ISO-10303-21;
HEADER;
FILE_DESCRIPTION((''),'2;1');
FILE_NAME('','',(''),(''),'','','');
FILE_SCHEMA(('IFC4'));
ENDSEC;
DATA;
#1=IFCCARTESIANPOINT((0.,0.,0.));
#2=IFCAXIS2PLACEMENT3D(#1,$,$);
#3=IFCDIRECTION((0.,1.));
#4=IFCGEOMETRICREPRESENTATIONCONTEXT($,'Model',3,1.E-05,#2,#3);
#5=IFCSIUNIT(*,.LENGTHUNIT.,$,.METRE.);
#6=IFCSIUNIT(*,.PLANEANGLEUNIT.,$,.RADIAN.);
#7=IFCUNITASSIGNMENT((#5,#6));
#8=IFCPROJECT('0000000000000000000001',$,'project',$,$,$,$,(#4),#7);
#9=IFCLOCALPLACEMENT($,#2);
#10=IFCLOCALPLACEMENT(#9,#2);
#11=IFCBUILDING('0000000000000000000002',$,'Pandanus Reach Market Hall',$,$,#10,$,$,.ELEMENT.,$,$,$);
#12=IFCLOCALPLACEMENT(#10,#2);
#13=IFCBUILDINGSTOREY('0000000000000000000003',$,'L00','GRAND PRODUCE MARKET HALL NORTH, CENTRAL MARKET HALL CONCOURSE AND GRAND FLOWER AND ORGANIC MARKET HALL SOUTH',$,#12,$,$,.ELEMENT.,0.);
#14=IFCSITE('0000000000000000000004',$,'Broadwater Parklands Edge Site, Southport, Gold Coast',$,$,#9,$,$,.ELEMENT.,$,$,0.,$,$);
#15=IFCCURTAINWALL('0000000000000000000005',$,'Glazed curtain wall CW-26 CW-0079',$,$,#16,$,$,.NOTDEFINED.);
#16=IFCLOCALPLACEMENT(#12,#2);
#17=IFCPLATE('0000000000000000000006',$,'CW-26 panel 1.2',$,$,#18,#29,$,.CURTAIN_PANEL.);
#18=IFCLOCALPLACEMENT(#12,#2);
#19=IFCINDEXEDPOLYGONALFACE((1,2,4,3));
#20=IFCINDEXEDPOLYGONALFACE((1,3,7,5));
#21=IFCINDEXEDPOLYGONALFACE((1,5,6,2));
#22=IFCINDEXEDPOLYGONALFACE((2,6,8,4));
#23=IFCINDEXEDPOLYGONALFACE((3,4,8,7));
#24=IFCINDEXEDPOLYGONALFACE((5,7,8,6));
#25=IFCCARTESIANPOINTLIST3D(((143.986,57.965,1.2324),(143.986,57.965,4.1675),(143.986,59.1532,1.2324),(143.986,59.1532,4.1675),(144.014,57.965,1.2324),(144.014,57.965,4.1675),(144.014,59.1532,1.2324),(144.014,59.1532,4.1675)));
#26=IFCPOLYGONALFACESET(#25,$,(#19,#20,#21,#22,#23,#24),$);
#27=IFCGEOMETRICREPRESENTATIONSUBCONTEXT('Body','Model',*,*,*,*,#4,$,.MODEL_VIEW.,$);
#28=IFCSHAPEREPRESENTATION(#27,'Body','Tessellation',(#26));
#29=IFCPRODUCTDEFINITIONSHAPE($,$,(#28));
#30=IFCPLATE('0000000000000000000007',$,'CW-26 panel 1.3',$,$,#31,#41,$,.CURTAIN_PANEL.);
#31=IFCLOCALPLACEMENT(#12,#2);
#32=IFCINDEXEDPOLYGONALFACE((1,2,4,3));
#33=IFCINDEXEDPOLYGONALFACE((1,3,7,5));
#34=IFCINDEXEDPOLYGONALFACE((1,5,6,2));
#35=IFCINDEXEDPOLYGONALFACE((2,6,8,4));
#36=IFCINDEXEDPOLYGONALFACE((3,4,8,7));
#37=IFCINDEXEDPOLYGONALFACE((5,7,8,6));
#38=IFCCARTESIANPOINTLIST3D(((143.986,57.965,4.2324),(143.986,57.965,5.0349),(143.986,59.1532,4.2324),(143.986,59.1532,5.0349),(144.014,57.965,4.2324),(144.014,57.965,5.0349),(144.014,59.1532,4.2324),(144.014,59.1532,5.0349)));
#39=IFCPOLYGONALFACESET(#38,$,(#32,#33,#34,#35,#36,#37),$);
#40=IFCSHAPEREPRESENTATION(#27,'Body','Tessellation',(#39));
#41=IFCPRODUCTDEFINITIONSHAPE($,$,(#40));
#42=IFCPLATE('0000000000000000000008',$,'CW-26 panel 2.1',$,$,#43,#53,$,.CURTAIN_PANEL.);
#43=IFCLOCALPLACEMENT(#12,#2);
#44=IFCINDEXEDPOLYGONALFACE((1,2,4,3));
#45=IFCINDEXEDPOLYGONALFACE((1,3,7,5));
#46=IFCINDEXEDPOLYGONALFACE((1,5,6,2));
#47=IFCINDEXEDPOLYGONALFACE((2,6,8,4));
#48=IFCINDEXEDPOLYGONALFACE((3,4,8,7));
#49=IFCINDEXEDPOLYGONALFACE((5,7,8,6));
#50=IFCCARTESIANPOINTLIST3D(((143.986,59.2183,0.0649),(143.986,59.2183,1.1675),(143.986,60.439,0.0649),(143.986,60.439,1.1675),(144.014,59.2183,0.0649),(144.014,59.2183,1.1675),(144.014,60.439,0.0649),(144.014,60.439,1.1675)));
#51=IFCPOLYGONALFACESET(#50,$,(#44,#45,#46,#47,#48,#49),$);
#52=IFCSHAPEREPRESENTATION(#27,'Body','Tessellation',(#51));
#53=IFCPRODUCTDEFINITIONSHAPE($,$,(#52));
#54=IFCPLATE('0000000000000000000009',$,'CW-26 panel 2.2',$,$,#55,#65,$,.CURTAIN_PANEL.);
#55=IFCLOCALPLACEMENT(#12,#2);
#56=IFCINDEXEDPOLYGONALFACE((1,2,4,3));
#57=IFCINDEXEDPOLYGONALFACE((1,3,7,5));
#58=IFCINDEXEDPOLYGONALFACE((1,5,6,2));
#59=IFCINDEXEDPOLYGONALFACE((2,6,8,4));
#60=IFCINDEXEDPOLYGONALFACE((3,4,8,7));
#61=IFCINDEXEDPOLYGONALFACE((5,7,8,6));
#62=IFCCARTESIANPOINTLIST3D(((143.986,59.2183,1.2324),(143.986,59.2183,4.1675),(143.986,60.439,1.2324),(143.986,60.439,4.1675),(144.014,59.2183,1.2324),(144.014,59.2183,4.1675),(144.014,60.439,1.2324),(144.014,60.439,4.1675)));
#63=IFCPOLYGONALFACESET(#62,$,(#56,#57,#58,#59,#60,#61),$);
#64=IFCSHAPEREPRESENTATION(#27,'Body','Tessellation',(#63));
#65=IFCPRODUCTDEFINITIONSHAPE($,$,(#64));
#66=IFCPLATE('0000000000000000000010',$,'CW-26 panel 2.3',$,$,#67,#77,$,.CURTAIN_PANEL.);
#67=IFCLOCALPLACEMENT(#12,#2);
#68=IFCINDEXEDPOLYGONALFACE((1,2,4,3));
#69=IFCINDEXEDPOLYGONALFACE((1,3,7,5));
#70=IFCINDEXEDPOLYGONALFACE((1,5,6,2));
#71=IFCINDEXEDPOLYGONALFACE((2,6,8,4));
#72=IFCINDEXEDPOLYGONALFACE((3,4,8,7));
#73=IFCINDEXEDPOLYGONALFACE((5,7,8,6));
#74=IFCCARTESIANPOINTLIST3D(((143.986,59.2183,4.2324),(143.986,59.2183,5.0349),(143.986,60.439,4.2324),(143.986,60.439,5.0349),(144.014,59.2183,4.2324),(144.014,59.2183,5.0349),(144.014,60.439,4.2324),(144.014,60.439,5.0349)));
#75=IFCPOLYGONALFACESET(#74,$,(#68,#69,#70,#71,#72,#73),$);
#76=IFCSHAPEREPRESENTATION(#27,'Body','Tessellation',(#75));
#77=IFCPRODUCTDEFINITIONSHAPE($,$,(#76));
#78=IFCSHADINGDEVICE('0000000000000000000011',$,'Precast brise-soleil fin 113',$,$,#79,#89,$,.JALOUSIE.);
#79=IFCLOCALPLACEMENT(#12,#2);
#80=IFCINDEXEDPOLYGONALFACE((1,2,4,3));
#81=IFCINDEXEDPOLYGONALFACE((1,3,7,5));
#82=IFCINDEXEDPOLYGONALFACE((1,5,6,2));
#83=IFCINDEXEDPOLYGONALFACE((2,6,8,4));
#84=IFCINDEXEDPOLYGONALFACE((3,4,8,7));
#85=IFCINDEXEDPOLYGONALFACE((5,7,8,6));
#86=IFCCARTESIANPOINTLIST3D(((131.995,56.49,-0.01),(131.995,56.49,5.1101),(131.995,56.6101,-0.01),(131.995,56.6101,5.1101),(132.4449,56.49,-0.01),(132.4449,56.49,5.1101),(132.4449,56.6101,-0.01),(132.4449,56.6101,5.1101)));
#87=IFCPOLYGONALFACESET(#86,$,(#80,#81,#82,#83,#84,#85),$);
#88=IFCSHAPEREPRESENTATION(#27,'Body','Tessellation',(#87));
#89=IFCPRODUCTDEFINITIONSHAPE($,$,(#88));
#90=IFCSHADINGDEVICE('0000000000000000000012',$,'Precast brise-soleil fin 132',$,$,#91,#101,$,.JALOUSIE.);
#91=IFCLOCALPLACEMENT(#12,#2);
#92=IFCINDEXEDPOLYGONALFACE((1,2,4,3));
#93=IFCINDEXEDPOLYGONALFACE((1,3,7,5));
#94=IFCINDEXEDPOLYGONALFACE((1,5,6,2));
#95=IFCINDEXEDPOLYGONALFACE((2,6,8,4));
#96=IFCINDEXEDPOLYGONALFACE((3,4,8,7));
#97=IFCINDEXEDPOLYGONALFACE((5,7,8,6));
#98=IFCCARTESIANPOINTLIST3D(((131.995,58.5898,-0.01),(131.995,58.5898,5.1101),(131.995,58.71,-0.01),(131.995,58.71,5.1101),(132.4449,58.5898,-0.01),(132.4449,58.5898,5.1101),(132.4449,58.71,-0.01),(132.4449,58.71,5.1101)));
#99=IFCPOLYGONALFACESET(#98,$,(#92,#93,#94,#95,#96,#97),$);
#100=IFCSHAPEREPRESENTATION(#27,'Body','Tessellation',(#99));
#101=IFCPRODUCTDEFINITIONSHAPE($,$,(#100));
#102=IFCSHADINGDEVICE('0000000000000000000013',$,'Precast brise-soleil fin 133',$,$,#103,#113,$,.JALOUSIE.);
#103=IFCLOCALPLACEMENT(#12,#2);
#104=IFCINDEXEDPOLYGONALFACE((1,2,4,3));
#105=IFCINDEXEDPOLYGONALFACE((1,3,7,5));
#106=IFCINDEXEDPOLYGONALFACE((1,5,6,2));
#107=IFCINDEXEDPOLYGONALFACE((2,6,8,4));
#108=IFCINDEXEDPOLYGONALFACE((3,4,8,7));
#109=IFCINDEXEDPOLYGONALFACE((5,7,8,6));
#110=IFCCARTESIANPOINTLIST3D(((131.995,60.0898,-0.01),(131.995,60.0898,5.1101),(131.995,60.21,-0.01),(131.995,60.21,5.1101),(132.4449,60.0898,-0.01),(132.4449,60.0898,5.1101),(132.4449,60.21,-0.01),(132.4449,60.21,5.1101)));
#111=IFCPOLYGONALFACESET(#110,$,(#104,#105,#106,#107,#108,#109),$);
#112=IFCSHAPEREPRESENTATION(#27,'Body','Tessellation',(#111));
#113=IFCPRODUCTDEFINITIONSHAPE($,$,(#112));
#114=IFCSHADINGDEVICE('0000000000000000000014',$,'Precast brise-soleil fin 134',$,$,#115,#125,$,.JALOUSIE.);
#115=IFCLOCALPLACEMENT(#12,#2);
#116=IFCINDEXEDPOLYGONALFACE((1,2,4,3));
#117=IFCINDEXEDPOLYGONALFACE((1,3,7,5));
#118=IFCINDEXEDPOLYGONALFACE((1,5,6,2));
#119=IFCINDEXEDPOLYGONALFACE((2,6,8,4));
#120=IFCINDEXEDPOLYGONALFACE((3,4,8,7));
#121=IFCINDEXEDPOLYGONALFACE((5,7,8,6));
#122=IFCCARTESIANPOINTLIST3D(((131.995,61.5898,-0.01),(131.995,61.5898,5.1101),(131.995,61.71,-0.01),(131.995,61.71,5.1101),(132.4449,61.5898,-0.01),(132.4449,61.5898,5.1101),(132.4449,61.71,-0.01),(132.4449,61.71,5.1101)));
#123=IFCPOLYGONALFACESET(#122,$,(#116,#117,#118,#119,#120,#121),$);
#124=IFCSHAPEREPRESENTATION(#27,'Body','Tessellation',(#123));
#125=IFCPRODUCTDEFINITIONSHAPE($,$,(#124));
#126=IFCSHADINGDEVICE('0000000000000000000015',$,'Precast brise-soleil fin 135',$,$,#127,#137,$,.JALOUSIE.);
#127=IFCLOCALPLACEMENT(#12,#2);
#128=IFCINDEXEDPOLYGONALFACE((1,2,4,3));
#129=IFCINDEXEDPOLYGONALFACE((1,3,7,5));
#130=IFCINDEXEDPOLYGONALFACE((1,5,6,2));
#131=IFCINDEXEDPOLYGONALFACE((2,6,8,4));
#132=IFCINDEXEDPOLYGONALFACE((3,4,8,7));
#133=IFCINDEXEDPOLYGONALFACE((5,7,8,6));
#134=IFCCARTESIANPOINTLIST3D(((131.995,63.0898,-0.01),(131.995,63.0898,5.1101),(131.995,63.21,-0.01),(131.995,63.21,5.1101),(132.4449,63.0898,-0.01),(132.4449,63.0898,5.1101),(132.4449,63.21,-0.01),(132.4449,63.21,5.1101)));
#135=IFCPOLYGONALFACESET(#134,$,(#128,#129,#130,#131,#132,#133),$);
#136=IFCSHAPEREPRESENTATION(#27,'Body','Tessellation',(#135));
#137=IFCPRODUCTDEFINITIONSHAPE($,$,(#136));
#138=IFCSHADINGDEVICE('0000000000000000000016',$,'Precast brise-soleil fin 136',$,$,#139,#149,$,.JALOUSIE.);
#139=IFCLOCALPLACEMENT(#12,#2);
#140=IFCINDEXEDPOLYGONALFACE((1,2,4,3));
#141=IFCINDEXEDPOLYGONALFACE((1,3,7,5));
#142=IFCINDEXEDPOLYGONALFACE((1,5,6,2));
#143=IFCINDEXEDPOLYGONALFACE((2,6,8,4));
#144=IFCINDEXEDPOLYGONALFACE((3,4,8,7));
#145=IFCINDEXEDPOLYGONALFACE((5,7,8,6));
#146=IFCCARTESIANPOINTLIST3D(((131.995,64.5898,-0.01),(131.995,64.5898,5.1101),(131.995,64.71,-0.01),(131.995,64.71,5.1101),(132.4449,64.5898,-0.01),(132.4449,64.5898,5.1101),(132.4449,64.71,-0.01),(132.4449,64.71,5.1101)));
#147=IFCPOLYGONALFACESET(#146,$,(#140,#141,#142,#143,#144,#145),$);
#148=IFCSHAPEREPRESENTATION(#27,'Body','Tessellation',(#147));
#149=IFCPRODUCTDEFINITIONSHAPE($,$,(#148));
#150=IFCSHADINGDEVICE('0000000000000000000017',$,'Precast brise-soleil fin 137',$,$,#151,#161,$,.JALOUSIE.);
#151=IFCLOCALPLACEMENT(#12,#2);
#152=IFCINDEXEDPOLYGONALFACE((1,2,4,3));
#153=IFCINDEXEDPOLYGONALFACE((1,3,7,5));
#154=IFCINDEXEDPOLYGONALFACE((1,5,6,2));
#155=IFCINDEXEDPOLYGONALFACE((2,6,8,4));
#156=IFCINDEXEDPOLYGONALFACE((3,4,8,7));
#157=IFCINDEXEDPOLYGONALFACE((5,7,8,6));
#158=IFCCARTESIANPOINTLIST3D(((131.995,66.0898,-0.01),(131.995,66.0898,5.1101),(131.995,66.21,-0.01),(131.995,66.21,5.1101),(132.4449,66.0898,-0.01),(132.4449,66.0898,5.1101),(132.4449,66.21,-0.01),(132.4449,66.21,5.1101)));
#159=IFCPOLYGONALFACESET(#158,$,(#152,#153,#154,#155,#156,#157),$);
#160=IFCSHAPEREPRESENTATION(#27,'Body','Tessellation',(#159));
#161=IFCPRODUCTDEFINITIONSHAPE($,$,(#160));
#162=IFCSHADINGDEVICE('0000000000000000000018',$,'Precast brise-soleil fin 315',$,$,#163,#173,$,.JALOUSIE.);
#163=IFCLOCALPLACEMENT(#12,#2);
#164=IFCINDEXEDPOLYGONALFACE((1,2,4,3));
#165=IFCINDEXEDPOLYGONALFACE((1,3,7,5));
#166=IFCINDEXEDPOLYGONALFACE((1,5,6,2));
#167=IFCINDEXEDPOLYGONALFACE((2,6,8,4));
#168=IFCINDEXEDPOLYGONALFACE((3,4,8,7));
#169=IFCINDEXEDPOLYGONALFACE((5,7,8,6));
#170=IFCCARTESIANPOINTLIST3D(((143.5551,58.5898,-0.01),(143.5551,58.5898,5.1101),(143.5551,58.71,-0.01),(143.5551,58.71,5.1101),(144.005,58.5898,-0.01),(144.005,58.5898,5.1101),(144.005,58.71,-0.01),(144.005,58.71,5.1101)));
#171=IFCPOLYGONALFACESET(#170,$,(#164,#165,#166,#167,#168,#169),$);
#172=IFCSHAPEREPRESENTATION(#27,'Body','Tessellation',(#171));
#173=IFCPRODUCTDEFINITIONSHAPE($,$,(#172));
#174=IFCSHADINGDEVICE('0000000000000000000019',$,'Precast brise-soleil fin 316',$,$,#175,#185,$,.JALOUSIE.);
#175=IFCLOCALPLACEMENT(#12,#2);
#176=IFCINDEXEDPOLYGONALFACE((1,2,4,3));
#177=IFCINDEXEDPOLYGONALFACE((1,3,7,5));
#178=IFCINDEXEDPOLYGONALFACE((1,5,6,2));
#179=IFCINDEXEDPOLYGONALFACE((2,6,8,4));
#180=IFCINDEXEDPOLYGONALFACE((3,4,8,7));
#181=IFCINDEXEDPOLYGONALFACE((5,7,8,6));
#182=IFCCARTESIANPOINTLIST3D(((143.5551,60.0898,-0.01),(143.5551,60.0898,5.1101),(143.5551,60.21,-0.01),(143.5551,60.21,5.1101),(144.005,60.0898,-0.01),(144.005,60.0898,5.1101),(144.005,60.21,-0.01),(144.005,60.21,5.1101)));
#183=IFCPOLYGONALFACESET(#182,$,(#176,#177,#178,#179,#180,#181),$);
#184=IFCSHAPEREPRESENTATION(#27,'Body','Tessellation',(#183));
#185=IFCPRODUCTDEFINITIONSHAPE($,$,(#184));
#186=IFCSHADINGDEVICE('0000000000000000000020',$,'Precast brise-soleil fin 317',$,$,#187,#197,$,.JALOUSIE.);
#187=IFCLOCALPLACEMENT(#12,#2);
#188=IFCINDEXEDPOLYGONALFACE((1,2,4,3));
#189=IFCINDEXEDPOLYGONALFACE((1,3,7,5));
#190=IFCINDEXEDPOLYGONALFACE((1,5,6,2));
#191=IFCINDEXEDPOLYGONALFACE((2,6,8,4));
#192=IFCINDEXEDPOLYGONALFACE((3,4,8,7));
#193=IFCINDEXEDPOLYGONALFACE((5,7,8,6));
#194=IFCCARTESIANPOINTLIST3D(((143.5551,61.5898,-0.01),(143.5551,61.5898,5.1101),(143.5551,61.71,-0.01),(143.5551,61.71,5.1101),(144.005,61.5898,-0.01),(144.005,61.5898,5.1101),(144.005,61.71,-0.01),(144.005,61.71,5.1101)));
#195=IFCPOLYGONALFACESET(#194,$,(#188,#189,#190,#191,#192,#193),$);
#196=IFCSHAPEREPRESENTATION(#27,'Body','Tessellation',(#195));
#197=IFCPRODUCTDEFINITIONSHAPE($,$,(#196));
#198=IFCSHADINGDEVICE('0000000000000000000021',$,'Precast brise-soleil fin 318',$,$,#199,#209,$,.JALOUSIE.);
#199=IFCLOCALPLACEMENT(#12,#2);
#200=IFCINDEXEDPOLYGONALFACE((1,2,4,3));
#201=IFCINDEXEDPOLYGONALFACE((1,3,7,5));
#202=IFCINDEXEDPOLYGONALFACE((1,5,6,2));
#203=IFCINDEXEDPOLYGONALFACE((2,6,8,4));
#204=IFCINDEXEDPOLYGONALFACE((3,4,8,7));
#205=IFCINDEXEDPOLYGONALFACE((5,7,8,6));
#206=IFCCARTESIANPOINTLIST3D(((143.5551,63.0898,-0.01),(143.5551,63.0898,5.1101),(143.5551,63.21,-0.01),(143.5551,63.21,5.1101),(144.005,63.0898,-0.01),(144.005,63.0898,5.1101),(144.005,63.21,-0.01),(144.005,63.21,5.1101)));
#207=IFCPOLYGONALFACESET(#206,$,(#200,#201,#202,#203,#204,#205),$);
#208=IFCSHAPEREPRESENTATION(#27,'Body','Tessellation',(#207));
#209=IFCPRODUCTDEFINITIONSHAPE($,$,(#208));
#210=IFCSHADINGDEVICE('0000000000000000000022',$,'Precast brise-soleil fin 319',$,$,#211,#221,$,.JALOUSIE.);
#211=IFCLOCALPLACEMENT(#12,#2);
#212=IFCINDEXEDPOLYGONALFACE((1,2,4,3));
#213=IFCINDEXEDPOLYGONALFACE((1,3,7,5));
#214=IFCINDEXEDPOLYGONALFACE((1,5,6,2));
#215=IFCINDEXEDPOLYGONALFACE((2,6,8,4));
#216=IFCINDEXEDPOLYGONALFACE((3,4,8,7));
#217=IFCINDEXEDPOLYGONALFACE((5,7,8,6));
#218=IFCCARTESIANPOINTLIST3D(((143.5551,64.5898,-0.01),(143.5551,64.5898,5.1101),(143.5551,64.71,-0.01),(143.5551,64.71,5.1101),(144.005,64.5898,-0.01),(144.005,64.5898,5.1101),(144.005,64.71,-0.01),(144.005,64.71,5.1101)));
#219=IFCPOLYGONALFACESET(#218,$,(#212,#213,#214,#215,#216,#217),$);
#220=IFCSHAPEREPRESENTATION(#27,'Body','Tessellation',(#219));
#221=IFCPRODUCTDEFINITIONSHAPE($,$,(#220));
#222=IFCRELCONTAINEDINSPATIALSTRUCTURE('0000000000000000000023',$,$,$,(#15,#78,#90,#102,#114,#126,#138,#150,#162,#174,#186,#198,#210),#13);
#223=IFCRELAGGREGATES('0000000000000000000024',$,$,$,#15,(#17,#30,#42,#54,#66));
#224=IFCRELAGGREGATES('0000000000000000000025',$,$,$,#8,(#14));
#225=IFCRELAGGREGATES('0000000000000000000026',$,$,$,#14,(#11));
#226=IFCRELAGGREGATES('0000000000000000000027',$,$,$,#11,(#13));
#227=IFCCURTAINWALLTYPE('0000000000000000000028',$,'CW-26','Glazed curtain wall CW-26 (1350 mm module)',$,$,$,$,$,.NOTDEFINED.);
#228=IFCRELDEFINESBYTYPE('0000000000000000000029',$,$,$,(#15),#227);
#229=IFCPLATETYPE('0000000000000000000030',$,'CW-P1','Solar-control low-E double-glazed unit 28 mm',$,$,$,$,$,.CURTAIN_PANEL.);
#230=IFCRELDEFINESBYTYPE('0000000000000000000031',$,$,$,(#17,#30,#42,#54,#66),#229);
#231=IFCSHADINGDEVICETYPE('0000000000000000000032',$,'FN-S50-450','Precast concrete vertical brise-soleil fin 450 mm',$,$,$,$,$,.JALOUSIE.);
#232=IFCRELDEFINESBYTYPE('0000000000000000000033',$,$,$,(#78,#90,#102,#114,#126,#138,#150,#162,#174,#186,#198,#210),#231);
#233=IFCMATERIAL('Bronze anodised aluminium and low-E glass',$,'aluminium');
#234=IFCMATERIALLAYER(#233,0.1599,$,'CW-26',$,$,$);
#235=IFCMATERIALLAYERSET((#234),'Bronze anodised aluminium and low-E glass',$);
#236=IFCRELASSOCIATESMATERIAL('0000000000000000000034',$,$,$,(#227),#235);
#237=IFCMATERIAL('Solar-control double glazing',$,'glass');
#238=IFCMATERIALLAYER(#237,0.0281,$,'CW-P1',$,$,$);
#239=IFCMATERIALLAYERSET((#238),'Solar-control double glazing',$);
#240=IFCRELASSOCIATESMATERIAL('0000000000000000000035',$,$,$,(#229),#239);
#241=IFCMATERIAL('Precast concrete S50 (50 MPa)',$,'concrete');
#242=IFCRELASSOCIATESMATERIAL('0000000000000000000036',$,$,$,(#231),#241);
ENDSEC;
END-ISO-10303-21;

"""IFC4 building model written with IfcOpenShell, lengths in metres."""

from ifc_helpers import new_model, si_unit, direction, frame, origin, origin_2d, place, context, subcontext, project, spatial, rectangle, extrude, material, layer, layer_set, type_object, element, aggregate, save


model = new_model("IFC4")

# Units and contexts
model_context = context("Model", 3, precision=1e-05, world=origin(), true_north=direction((0.0, 1.0)))
body_context = subcontext(model_context, "Body", "Model", "MODEL_VIEW")
ifc_project = project(units=[si_unit("LENGTHUNIT", "METRE"), si_unit("PLANEANGLEUNIT", "RADIAN")], contexts=[model_context])

# Site, building, storey
site_placement = place(None, origin())
site = spatial("IfcSite", under=ifc_project, at=site_placement, Name="Broadwater Parklands Edge Site, Southport, Gold Coast", CompositionType="ELEMENT", RefElevation=0.0)
building_placement = place(site_placement, origin())
building = spatial("IfcBuilding", under=site, at=building_placement, Name="Pandanus Reach Market Hall", CompositionType="ELEMENT")
storey_placement = place(building_placement, origin())
storey = spatial("IfcBuildingStorey", under=building, at=storey_placement, Name="L00", Description="GRAND PRODUCE MARKET HALL NORTH, CENTRAL MARKET HALL CONCOURSE AND GRAND FLOWER AND ORGANIC MARKET HALL SOUTH", CompositionType="ELEMENT", Elevation=0.0)

# Curtain wall, plates
ifc_material_1 = material(Name="Bronze anodised aluminium and low-E glass", Category="aluminium")
ifc_layer_1 = layer(ifc_material_1, 0.1599, Name="CW-26")
ifc_layer_set_1 = layer_set([ifc_layer_1], Name="Bronze anodised aluminium and low-E glass")
curtain_wall_type = type_object("IfcCurtainWallType", Name="CW-26", Description="Glazed curtain wall CW-26 (1350 mm module)", PredefinedType="NOTDEFINED", material=ifc_layer_set_1)
curtain_wall_placement = place(storey_placement, origin())
curtain_wall = element("IfcCurtainWall", 1, at=curtain_wall_placement, inside=storey, type_object=curtain_wall_type, Name="Glazed curtain wall CW-26 CW-0079", PredefinedType="NOTDEFINED")
ifc_material_2 = material(Name="Solar-control double glazing", Category="glass")
ifc_layer_2 = layer(ifc_material_2, 0.0281, Name="CW-P1")
ifc_layer_set_2 = layer_set([ifc_layer_2], Name="Solar-control double glazing")
plate_type = type_object("IfcPlateType", Name="CW-P1", Description="Solar-control low-E double-glazed unit 28 mm", PredefinedType="CURTAIN_PANEL", material=ifc_layer_set_2)
plate_1_placement = place(storey_placement, frame((144.0, 58.5591, 1.2324), z_axis=(0.0, 0.0, 1.0), x_axis=(0.0, 1.0, 0.0)))
plate_1 = element("IfcPlate", 2, at=plate_1_placement, type_object=plate_type, Name="CW-26 panel 1.2", PredefinedType="CURTAIN_PANEL", context=body_context, shape_type="SweptSolid", body=[
    extrude(rectangle(XDim=1.1882, YDim=0.0281, at=origin_2d()), origin(), (0.0, 0.0, 1.0), 2.9351),
])
plate_2_placement = place(storey_placement, frame((144.0, 58.5591, 4.2324), z_axis=(0.0, 0.0, 1.0), x_axis=(0.0, 1.0, 0.0)))
plate_2 = element("IfcPlate", 3, at=plate_2_placement, type_object=plate_type, Name="CW-26 panel 1.3", PredefinedType="CURTAIN_PANEL", context=body_context, shape_type="SweptSolid", body=[
    extrude(rectangle(XDim=1.1882, YDim=0.0281, at=origin_2d()), origin(), (0.0, 0.0, 1.0), 0.8025),
])
plate_3_placement = place(storey_placement, frame((144.0, 59.8286, 0.0649), z_axis=(0.0, 0.0, 1.0), x_axis=(0.0, 1.0, 0.0)))
plate_3 = element("IfcPlate", 4, at=plate_3_placement, type_object=plate_type, Name="CW-26 panel 2.1", PredefinedType="CURTAIN_PANEL", context=body_context, shape_type="SweptSolid", body=[
    extrude(rectangle(XDim=1.2207, YDim=0.0281, at=origin_2d()), origin(), (0.0, 0.0, 1.0), 1.1025),
])
plate_4_placement = place(storey_placement, frame((144.0, 59.8286, 1.2324), z_axis=(0.0, 0.0, 1.0), x_axis=(0.0, 1.0, 0.0)))
plate_4 = element("IfcPlate", 5, at=plate_4_placement, type_object=plate_type, Name="CW-26 panel 2.2", PredefinedType="CURTAIN_PANEL", context=body_context, shape_type="SweptSolid", body=[
    extrude(rectangle(XDim=1.2207, YDim=0.0281, at=origin_2d()), origin(), (0.0, 0.0, 1.0), 2.9351),
])
plate_5_placement = place(storey_placement, frame((144.0, 59.8286, 4.2324), z_axis=(0.0, 0.0, 1.0), x_axis=(0.0, 1.0, 0.0)))
plate_5 = element("IfcPlate", 6, at=plate_5_placement, type_object=plate_type, Name="CW-26 panel 2.3", PredefinedType="CURTAIN_PANEL", context=body_context, shape_type="SweptSolid", body=[
    extrude(rectangle(XDim=1.2207, YDim=0.0281, at=origin_2d()), origin(), (0.0, 0.0, 1.0), 0.8025),
])
aggregate(curtain_wall, [plate_1, plate_2, plate_3, plate_4, plate_5])

# Shading devices
ifc_material_3 = material(Name="Precast concrete S50 (50 MPa)", Category="concrete")
shading_device_type = type_object("IfcShadingDeviceType", Name="FN-S50-450", Description="Precast concrete vertical brise-soleil fin 450 mm", PredefinedType="JALOUSIE", material=ifc_material_3)
for number, where, z_axis, x_axis, name in (
    (7, (132.22, 56.55, -0.01), (0.0, 0.0, 1.0), (1.0, 0.0, 0.0), "Precast brise-soleil fin 113"),
    (8, (132.22, 58.6499, -0.01), (0.0, 0.0, 1.0), (1.0, 0.0, 0.0), "Precast brise-soleil fin 132"),
    (9, (132.22, 60.1499, -0.01), (0.0, 0.0, 1.0), (1.0, 0.0, 0.0), "Precast brise-soleil fin 133"),
    (10, (132.22, 61.6499, -0.01), (0.0, 0.0, 1.0), (1.0, 0.0, 0.0), "Precast brise-soleil fin 134"),
    (11, (132.22, 63.1499, -0.01), (0.0, 0.0, 1.0), (1.0, 0.0, 0.0), "Precast brise-soleil fin 135"),
    (12, (132.22, 64.6499, -0.01), (0.0, 0.0, 1.0), (1.0, 0.0, 0.0), "Precast brise-soleil fin 136"),
    (13, (132.22, 66.1499, -0.01), (0.0, 0.0, 1.0), (1.0, 0.0, 0.0), "Precast brise-soleil fin 137"),
    (14, (143.78, 58.6499, -0.01), (0.0, 0.0, 1.0), (-1.0, 0.0, 0.0), "Precast brise-soleil fin 315"),
    (15, (143.78, 60.1499, -0.01), (0.0, 0.0, 1.0), (-1.0, 0.0, 0.0), "Precast brise-soleil fin 316"),
    (16, (143.78, 61.6499, -0.01), (0.0, 0.0, 1.0), (-1.0, 0.0, 0.0), "Precast brise-soleil fin 317"),
    (17, (143.78, 63.1499, -0.01), (0.0, 0.0, 1.0), (-1.0, 0.0, 0.0), "Precast brise-soleil fin 318"),
    (18, (143.78, 64.6499, -0.01), (0.0, 0.0, 1.0), (-1.0, 0.0, 0.0), "Precast brise-soleil fin 319"),
):
    element("IfcShadingDevice", number, at=place(storey_placement, frame(where, z_axis=z_axis, x_axis=x_axis)), inside=storey, type_object=shading_device_type, Name=name, PredefinedType="JALOUSIE", context=body_context, shape_type="SweptSolid", body=[
        extrude(rectangle(XDim=0.45, YDim=0.1201, at=origin_2d()), origin(), (0.0, 0.0, 1.0), 5.1201),
    ])

save(model, "model.ifc")
